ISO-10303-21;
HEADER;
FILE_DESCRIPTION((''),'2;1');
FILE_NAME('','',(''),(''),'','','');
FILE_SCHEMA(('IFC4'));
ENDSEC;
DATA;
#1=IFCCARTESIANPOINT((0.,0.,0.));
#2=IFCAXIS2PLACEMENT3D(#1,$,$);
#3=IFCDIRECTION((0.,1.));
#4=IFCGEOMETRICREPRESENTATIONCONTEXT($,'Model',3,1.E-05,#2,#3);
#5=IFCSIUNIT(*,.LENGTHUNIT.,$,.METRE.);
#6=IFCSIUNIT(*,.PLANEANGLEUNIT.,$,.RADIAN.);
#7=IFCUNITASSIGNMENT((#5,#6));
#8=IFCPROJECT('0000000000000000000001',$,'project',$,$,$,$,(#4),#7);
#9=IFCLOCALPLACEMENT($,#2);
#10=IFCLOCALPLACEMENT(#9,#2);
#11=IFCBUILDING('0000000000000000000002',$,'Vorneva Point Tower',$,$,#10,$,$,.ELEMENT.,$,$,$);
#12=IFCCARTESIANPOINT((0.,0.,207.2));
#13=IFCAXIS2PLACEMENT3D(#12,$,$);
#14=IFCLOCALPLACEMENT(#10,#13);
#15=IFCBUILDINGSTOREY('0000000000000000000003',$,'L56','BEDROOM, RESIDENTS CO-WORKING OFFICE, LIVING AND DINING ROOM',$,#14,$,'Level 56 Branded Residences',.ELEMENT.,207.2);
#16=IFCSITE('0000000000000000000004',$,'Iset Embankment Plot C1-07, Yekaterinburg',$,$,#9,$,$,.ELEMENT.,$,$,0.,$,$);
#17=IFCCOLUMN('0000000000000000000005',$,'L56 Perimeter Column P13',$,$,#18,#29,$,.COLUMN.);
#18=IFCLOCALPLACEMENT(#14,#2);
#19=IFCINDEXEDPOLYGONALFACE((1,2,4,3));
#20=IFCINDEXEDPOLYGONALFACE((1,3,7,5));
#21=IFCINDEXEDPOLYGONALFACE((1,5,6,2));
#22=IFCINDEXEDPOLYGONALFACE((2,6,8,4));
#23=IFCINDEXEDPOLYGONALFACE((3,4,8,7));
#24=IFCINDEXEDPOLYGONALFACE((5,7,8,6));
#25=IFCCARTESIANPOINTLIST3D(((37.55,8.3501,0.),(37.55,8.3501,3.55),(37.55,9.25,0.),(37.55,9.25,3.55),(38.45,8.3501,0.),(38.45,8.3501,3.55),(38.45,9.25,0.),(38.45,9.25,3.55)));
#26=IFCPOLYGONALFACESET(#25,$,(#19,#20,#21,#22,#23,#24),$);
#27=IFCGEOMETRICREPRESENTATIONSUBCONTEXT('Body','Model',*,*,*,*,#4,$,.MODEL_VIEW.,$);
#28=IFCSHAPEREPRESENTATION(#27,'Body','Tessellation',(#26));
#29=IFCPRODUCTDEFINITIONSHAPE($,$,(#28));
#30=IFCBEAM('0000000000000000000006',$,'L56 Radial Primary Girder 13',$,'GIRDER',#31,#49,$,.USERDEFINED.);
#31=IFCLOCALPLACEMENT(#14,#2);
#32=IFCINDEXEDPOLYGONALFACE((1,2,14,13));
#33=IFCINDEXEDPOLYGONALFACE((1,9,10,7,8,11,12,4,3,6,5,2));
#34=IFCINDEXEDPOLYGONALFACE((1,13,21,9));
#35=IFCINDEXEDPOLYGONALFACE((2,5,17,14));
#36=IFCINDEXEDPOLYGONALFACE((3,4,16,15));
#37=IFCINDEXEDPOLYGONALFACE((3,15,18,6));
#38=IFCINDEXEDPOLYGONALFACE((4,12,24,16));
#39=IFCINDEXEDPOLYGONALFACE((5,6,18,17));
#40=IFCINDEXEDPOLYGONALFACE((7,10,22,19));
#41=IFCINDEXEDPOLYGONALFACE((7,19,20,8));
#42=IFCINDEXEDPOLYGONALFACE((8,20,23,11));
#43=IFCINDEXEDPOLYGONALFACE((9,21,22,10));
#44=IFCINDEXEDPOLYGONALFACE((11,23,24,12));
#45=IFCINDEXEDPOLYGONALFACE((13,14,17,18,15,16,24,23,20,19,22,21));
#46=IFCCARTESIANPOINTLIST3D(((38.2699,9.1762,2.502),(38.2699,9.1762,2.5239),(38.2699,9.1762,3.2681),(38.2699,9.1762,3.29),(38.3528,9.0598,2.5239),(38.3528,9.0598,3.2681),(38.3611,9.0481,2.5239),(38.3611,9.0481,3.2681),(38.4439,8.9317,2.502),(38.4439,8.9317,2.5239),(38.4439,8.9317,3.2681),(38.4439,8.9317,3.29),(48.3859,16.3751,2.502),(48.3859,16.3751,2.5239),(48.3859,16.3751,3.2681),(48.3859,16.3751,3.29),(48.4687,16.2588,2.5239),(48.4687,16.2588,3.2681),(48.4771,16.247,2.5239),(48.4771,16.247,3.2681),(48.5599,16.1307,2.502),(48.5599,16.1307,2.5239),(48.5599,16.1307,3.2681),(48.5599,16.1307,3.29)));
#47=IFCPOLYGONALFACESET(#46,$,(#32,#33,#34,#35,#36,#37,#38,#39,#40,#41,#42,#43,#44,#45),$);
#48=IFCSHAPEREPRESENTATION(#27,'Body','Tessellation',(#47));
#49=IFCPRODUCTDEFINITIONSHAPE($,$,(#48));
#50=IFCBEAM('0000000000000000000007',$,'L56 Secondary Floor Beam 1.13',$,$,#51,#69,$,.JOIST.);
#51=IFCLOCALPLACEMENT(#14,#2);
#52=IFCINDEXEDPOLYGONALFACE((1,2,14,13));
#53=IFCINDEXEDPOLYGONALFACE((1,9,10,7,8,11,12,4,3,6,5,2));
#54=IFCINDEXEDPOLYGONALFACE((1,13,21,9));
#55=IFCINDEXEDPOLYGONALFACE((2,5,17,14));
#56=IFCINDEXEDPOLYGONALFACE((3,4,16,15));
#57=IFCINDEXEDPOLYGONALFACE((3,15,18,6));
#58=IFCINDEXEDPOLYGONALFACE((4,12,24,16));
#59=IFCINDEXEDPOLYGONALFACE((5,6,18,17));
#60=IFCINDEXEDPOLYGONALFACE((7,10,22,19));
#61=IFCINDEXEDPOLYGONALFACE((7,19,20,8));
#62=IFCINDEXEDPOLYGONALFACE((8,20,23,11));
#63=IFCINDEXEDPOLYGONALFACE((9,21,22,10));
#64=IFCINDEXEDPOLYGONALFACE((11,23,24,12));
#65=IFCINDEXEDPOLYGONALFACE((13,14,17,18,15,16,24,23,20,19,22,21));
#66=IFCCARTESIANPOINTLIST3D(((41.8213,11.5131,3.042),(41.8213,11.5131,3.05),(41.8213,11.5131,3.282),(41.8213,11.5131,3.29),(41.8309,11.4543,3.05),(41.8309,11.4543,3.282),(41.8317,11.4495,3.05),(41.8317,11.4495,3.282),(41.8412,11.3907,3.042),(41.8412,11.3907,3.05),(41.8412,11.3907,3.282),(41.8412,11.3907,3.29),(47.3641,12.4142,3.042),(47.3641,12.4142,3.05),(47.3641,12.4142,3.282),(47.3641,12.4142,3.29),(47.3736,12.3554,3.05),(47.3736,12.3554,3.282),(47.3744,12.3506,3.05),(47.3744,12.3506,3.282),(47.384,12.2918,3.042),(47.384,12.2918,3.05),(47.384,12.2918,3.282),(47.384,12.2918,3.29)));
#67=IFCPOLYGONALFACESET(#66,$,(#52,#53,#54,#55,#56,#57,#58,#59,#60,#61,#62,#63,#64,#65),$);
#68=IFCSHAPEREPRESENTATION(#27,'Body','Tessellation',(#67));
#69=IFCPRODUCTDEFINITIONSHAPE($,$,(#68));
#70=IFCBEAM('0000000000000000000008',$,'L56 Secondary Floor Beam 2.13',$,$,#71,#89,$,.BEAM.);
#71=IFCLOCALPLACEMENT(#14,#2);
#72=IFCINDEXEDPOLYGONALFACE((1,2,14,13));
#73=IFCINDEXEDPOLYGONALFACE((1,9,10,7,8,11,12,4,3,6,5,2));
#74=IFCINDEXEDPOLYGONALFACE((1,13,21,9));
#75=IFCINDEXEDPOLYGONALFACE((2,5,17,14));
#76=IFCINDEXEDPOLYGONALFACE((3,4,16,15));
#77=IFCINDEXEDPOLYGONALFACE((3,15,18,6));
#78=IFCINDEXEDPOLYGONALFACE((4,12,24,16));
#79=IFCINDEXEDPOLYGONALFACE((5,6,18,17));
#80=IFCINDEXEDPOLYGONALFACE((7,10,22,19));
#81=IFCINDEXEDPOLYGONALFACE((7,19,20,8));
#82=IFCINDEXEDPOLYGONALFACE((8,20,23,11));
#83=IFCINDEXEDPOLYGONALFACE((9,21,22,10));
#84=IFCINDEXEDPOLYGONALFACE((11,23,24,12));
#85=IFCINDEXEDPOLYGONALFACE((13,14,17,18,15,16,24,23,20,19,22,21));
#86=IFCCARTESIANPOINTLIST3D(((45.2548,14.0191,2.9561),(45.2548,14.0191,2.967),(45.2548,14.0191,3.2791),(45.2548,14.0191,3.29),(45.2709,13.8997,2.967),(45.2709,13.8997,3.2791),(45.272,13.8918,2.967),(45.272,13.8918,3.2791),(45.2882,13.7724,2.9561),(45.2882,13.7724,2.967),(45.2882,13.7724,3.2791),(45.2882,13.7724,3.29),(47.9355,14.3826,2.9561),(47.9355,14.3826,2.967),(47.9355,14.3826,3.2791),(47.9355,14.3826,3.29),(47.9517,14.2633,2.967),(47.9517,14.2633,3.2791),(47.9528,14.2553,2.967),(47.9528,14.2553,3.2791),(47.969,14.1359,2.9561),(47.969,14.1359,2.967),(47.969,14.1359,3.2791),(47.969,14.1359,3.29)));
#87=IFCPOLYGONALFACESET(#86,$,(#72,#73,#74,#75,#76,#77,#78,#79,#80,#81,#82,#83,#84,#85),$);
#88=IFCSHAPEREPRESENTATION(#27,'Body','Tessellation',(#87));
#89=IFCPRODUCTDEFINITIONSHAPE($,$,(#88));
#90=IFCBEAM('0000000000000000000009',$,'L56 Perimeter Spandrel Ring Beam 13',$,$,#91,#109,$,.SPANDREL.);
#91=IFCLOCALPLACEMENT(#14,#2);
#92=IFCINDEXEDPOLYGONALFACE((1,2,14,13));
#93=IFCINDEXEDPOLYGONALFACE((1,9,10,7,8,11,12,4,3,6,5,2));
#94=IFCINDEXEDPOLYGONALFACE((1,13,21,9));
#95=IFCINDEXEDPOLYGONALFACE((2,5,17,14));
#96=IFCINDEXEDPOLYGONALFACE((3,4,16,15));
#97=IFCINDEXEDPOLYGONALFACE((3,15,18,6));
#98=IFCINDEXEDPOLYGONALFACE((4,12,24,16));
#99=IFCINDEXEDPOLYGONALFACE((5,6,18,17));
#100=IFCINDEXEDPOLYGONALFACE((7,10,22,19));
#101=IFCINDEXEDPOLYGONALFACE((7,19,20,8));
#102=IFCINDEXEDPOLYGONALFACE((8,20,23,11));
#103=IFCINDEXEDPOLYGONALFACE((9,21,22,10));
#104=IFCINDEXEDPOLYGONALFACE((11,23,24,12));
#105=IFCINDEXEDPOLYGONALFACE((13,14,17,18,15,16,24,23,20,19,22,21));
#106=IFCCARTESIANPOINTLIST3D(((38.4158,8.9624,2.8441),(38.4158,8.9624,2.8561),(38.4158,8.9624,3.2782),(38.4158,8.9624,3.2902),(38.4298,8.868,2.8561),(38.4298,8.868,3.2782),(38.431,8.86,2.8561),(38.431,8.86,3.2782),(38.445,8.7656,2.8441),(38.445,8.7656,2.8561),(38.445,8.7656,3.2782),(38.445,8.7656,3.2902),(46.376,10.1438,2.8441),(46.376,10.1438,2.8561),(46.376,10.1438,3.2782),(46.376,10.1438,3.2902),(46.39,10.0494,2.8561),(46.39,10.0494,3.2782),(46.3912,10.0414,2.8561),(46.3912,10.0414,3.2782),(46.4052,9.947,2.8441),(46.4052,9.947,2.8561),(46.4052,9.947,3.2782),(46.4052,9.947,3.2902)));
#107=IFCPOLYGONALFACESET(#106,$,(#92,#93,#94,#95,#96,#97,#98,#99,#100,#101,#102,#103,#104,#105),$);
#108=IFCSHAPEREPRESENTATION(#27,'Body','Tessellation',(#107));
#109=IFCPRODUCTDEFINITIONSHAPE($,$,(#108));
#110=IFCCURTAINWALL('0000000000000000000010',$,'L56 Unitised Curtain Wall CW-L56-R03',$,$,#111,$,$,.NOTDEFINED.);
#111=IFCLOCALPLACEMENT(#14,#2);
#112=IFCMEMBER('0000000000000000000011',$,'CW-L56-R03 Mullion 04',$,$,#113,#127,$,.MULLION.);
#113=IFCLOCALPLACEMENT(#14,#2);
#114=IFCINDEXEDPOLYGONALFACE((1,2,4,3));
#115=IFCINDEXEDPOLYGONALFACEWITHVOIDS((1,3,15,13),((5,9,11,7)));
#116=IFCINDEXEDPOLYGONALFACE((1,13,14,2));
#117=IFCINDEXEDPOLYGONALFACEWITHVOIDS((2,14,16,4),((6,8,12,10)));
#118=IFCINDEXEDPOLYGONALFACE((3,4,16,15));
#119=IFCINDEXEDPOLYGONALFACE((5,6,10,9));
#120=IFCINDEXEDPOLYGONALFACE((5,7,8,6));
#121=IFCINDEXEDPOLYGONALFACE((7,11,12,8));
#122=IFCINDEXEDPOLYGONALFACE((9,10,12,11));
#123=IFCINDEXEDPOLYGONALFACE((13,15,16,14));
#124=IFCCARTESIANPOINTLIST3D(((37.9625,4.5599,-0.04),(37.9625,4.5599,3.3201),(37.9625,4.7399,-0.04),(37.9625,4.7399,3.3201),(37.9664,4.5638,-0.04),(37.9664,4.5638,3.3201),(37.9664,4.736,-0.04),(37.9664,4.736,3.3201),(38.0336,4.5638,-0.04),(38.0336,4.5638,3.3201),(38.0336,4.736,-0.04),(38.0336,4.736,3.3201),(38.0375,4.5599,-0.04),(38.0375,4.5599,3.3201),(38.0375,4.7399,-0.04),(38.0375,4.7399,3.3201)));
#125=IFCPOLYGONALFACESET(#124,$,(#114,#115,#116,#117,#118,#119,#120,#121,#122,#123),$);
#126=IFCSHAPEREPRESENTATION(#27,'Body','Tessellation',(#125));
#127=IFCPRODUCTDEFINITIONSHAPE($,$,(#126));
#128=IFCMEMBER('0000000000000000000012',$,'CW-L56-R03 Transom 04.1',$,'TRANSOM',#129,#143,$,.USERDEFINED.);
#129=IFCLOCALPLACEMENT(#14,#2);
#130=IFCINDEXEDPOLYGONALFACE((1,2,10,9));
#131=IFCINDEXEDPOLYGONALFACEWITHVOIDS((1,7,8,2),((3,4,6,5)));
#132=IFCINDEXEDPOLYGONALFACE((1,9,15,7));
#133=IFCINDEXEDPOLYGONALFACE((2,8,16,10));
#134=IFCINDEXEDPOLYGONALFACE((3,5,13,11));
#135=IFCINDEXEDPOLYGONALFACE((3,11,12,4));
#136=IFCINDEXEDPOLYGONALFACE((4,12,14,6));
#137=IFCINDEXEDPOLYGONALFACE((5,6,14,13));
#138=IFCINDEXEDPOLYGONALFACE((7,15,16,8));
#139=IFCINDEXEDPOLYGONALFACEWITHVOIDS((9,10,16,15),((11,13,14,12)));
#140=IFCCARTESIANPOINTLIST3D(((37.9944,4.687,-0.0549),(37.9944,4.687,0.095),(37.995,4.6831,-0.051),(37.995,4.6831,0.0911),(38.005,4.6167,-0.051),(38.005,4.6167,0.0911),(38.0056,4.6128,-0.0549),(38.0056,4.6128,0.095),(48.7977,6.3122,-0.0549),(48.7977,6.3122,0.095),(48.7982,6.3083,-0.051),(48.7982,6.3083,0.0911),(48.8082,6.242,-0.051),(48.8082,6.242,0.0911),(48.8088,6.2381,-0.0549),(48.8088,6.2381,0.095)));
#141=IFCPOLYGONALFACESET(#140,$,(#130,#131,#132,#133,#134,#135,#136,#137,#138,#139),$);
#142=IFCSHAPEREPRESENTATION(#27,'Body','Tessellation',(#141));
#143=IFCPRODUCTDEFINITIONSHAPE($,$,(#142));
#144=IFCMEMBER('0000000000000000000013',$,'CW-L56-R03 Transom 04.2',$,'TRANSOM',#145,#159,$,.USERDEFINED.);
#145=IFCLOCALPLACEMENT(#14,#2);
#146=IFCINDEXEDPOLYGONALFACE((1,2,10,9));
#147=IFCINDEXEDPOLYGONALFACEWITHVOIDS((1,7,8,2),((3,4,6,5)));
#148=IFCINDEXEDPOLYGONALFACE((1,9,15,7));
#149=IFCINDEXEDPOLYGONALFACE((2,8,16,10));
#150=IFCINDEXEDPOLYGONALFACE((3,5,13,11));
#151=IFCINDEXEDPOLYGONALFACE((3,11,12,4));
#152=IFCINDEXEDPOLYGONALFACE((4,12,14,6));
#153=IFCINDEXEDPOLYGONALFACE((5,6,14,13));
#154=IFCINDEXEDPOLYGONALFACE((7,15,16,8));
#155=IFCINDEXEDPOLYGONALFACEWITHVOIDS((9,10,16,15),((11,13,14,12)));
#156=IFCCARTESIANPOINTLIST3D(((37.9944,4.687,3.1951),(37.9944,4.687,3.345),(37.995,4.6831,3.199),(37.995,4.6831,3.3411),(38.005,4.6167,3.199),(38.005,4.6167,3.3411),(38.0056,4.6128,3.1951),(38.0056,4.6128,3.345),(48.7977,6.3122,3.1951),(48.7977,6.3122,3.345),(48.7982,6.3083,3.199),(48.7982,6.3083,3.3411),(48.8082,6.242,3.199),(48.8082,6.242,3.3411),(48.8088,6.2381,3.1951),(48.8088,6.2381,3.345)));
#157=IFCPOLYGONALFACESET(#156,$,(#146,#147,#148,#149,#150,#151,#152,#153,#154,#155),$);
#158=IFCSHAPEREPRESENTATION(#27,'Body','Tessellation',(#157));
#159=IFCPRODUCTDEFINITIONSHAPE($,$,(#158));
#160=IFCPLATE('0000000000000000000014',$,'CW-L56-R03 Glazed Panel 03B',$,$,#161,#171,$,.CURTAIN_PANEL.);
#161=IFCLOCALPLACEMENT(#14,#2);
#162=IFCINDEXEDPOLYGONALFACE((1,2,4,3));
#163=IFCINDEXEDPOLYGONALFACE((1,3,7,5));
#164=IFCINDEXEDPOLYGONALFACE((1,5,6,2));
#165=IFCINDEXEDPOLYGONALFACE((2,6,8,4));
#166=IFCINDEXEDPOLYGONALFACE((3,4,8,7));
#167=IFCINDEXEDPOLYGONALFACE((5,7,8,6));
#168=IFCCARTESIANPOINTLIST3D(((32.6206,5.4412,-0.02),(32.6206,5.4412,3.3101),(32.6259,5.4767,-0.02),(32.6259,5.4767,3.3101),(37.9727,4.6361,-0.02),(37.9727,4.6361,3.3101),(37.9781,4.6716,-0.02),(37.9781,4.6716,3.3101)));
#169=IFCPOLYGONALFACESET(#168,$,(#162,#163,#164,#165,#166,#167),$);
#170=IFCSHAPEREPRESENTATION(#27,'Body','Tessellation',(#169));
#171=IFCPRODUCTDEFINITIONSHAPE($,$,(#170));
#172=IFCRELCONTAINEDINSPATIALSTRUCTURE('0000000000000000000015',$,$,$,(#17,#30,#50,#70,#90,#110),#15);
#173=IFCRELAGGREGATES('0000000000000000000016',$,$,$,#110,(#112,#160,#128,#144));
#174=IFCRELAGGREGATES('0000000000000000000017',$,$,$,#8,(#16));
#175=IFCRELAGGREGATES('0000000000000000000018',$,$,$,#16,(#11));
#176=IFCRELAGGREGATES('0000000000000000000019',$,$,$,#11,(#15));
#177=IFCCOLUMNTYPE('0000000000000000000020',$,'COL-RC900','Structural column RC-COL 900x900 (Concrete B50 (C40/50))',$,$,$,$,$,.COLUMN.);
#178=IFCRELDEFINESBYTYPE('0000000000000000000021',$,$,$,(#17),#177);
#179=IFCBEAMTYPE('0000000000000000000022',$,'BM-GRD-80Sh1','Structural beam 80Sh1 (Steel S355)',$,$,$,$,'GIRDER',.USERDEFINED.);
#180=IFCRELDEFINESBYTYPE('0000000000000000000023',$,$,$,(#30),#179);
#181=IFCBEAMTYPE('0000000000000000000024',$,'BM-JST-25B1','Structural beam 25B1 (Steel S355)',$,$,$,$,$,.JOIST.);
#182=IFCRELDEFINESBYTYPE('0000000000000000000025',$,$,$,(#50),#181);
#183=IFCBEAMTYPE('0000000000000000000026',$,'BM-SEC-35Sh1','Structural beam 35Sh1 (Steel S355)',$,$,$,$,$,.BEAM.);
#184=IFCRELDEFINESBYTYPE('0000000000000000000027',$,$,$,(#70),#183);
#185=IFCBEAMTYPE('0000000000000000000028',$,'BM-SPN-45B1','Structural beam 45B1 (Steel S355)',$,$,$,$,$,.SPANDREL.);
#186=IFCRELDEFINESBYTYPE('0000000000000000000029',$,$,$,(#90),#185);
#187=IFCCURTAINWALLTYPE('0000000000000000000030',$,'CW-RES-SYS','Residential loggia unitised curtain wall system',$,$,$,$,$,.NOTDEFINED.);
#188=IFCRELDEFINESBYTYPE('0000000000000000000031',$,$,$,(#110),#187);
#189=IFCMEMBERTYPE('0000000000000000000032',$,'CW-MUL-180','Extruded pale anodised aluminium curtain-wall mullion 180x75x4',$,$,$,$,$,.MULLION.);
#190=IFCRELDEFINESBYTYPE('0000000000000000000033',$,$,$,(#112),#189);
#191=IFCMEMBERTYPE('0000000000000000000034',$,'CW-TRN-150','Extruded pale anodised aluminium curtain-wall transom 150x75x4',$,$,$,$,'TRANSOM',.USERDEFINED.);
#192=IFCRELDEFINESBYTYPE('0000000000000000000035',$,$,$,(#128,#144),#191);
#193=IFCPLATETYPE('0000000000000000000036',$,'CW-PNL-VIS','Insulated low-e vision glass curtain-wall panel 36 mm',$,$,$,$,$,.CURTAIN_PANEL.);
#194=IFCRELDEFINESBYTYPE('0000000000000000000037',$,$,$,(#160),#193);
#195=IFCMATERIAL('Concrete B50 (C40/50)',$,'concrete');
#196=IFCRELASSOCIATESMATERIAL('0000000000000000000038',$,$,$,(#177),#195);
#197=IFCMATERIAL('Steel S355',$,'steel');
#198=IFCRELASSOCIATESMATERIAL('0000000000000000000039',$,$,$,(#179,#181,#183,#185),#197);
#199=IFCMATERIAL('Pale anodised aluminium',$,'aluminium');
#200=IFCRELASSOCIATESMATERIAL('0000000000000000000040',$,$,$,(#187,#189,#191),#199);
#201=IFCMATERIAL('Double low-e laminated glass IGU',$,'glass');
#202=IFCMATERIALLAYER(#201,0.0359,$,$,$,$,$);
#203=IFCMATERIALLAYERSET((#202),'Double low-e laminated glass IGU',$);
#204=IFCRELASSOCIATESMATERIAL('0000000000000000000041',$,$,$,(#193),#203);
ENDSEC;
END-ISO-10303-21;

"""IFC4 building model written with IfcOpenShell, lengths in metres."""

from ifc_helpers import new_model, si_unit, direction, frame, origin, origin_2d, place, context, subcontext, project, spatial, rectangle, hollow_rectangle, i_section, extrude, material, layer, layer_set, material_profile, profile_set, type_object, element, aggregate, save


model = new_model("IFC4")

# Units and contexts
model_context = context("Model", 3, precision=1e-05, world=origin(), true_north=direction((0.0, 1.0)))
body_context = subcontext(model_context, "Body", "Model", "MODEL_VIEW")
ifc_project = project(units=[si_unit("LENGTHUNIT", "METRE"), si_unit("PLANEANGLEUNIT", "RADIAN")], contexts=[model_context])

# Site, building, storey
site_placement = place(None, origin())
site = spatial("IfcSite", under=ifc_project, at=site_placement, Name="Iset Embankment Plot C1-07, Yekaterinburg", CompositionType="ELEMENT", RefElevation=0.0)
building_placement = place(site_placement, origin())
building = spatial("IfcBuilding", under=site, at=building_placement, Name="Vorneva Point Tower", CompositionType="ELEMENT")
storey_placement = place(building_placement, frame((0.0, 0.0, 207.2)))
storey = spatial("IfcBuildingStorey", under=building, at=storey_placement, Name="L56", Description="BEDROOM, RESIDENTS CO-WORKING OFFICE, LIVING AND DINING ROOM", LongName="Level 56 Branded Residences", CompositionType="ELEMENT", Elevation=207.2)

# Column
ifc_material_1 = material(Name="Concrete B50 (C40/50)", Category="concrete")
ifc_material_profile_1 = material_profile(ifc_material_1, rectangle(XDim=0.8999, YDim=0.8999, at=origin_2d()), Name="RC-COL 900x900")
ifc_profile_set_1 = profile_set([ifc_material_profile_1], Name="Concrete B50 (C40/50)")
column_type = type_object("IfcColumnType", Name="COL-RC900", Description="Structural column RC-COL 900x900 (Concrete B50 (C40/50))", PredefinedType="COLUMN", material=ifc_profile_set_1)
column_placement = place(storey_placement, frame((38.0, 8.8, 0.0), z_axis=(0.0, 0.0, 1.0), x_axis=(0.0, -1.0, 0.0)))
element("IfcColumn", 1, at=column_placement, inside=storey, type_object=column_type, Name="L56 Perimeter Column P13", PredefinedType="COLUMN", context=body_context, shape_type="SweptSolid", body=[
    extrude(rectangle(XDim=0.8999, YDim=0.8999, at=origin_2d()), origin(), (0.0, 0.0, 1.0), 3.55),
])

# Beams
ifc_material_2 = material(Name="Steel S355", Category="steel")
ifc_material_profile_2 = material_profile(ifc_material_2, i_section(OverallWidth=0.3, OverallDepth=0.7881, WebThickness=0.0144, FlangeThickness=0.022, at=origin_2d()), Name="80Sh1")
ifc_profile_set_2 = profile_set([ifc_material_profile_2], Name="Steel S355")
beam_type_1 = type_object("IfcBeamType", Name="BM-GRD-80Sh1", Description="Structural beam 80Sh1 (Steel S355)", ElementType="GIRDER", PredefinedType="USERDEFINED", material=ifc_profile_set_2)
beam_1_placement = place(storey_placement, frame((38.3569, 9.054, 2.896), z_axis=(0.81475, 0.579813, 0.0), x_axis=(-0.579813, 0.81475, 0.0)))
element("IfcBeam", 2, at=beam_1_placement, inside=storey, type_object=beam_type_1, Name="L56 Radial Primary Girder 13", ObjectType="GIRDER", PredefinedType="USERDEFINED", context=body_context, shape_type="SweptSolid", body=[
    extrude(i_section(OverallWidth=0.3, OverallDepth=0.7881, WebThickness=0.0144, FlangeThickness=0.022, at=origin_2d()), origin(), (0.0, 0.0, 1.0), 12.416),
])
ifc_material_profile_3 = material_profile(ifc_material_2, i_section(OverallWidth=0.124, OverallDepth=0.248, WebThickness=0.0049, FlangeThickness=0.0081, at=origin_2d()), Name="25B1")
ifc_profile_set_3 = profile_set([ifc_material_profile_3], Name="Steel S355")
beam_type_2 = type_object("IfcBeamType", Name="BM-JST-25B1", Description="Structural beam 25B1 (Steel S355)", PredefinedType="JOIST", material=ifc_profile_set_3)
beam_2_placement = place(storey_placement, frame((41.8313, 11.4519, 3.166), z_axis=(0.987041, 0.160471, 0.0), x_axis=(-0.160471, 0.987041, 0.0)))
element("IfcBeam", 3, at=beam_2_placement, inside=storey, type_object=beam_type_2, Name="L56 Secondary Floor Beam 1.13", PredefinedType="JOIST", context=body_context, shape_type="SweptSolid", body=[
    extrude(i_section(OverallWidth=0.124, OverallDepth=0.248, WebThickness=0.0049, FlangeThickness=0.0081, at=origin_2d()), origin(), (0.0, 0.0, 1.0), 5.6155),
])
ifc_material_profile_4 = material_profile(ifc_material_2, i_section(OverallWidth=0.249, OverallDepth=0.334, WebThickness=0.0081, FlangeThickness=0.011, at=origin_2d()), Name="35Sh1")
ifc_profile_set_4 = profile_set([ifc_material_profile_4], Name="Steel S355")
beam_type_3 = type_object("IfcBeamType", Name="BM-SEC-35Sh1", Description="Structural beam 35Sh1 (Steel S355)", PredefinedType="BEAM", material=ifc_profile_set_4)
beam_3_placement = place(storey_placement, frame((45.2715, 13.8958, 3.123), z_axis=(0.990931, 0.134368, 0.0), x_axis=(-0.134368, 0.990931, 0.0)))
element("IfcBeam", 4, at=beam_3_placement, inside=storey, type_object=beam_type_3, Name="L56 Secondary Floor Beam 2.13", PredefinedType="BEAM", context=body_context, shape_type="SweptSolid", body=[
    extrude(i_section(OverallWidth=0.249, OverallDepth=0.334, WebThickness=0.0081, FlangeThickness=0.011, at=origin_2d()), origin(), (0.0, 0.0, 1.0), 2.7053),
])
ifc_material_profile_5 = material_profile(ifc_material_2, i_section(OverallWidth=0.199, OverallDepth=0.446, WebThickness=0.0081, FlangeThickness=0.012, at=origin_2d()), Name="45B1")
ifc_profile_set_5 = profile_set([ifc_material_profile_5], Name="Steel S355")
beam_type_4 = type_object("IfcBeamType", Name="BM-SPN-45B1", Description="Structural beam 45B1 (Steel S355)", PredefinedType="SPANDREL", material=ifc_profile_set_5)
beam_4_placement = place(storey_placement, frame((38.4304, 8.864, 3.0671), z_axis=(0.989165, 0.146805, 0.0), x_axis=(-0.146805, 0.989165, 0.0)))
element("IfcBeam", 5, at=beam_4_placement, inside=storey, type_object=beam_type_4, Name="L56 Perimeter Spandrel Ring Beam 13", PredefinedType="SPANDREL", context=body_context, shape_type="SweptSolid", body=[
    extrude(i_section(OverallWidth=0.199, OverallDepth=0.446, WebThickness=0.0081, FlangeThickness=0.012, at=origin_2d()), origin(), (0.0, 0.0, 1.0), 8.0474),
])

# Curtain wall, members, plate
ifc_material_3 = material(Name="Pale anodised aluminium", Category="aluminium")
curtain_wall_type = type_object("IfcCurtainWallType", Name="CW-RES-SYS", Description="Residential loggia unitised curtain wall system", PredefinedType="NOTDEFINED", material=ifc_material_3)
curtain_wall_placement = place(storey_placement, origin())
curtain_wall = element("IfcCurtainWall", 6, at=curtain_wall_placement, inside=storey, type_object=curtain_wall_type, Name="L56 Unitised Curtain Wall CW-L56-R03", PredefinedType="NOTDEFINED")
ifc_material_profile_6 = material_profile(ifc_material_3, hollow_rectangle(XDim=0.075, YDim=0.1799, WallThickness=0.0039, at=origin_2d()), Name="AL-MUL 180x75x4")
ifc_profile_set_6 = profile_set([ifc_material_profile_6], Name="Pale anodised aluminium")
member_type_1 = type_object("IfcMemberType", Name="CW-MUL-180", Description="Extruded pale anodised aluminium curtain-wall mullion 180x75x4", PredefinedType="MULLION", material=ifc_profile_set_6)
member_1_placement = place(storey_placement, frame((38.0, 4.6499, -0.04), z_axis=(0.0, 0.0, 1.0), x_axis=(1.0, 0.0, 0.0)))
member_1 = element("IfcMember", 7, at=member_1_placement, type_object=member_type_1, Name="CW-L56-R03 Mullion 04", PredefinedType="MULLION", context=body_context, shape_type="SweptSolid", body=[
    extrude(hollow_rectangle(XDim=0.075, YDim=0.1799, WallThickness=0.0039, at=origin_2d()), origin(), (0.0, 0.0, 1.0), 3.3601),
])
ifc_material_profile_7 = material_profile(ifc_material_3, hollow_rectangle(XDim=0.075, YDim=0.1499, WallThickness=0.0039, at=origin_2d()), Name="AL-TRN 150x75x4")
ifc_profile_set_7 = profile_set([ifc_material_profile_7], Name="Pale anodised aluminium")
member_type_2 = type_object("IfcMemberType", Name="CW-TRN-150", Description="Extruded pale anodised aluminium curtain-wall transom 150x75x4", ElementType="TRANSOM", PredefinedType="USERDEFINED", material=ifc_profile_set_7)
member_2_placement = place(storey_placement, frame((38.0, 4.6499, 0.02), z_axis=(0.988872, 0.148767, 0.0), x_axis=(-0.148767, 0.988872, 0.0)))
member_2 = element("IfcMember", 8, at=member_2_placement, type_object=member_type_2, Name="CW-L56-R03 Transom 04.1", ObjectType="TRANSOM", PredefinedType="USERDEFINED", context=body_context, shape_type="SweptSolid", body=[
    extrude(hollow_rectangle(XDim=0.075, YDim=0.1499, WallThickness=0.0039, at=origin_2d()), origin(), (0.0, 0.0, 1.0), 10.9248),
])
member_3_placement = place(storey_placement, frame((38.0, 4.6499, 3.27), z_axis=(0.988872, 0.148767, 0.0), x_axis=(-0.148767, 0.988872, 0.0)))
member_3 = element("IfcMember", 9, at=member_3_placement, type_object=member_type_2, Name="CW-L56-R03 Transom 04.2", ObjectType="TRANSOM", PredefinedType="USERDEFINED", context=body_context, shape_type="SweptSolid", body=[
    extrude(hollow_rectangle(XDim=0.075, YDim=0.1499, WallThickness=0.0039, at=origin_2d()), origin(), (0.0, 0.0, 1.0), 10.9248),
])
ifc_material_4 = material(Name="Double low-e laminated glass IGU", Category="glass")
ifc_layer_1 = layer(ifc_material_4, 0.0359)
ifc_layer_set_1 = layer_set([ifc_layer_1], Name="Double low-e laminated glass IGU")
plate_type = type_object("IfcPlateType", Name="CW-PNL-VIS", Description="Insulated low-e vision glass curtain-wall panel 36 mm", PredefinedType="CURTAIN_PANEL", material=ifc_layer_set_1)
plate_1_placement = place(storey_placement, frame((35.2993, 5.0564, -0.02), z_axis=(0.0, 0.0, 1.0), x_axis=(0.988874, -0.148759, 0.0)))
plate_1 = element("IfcPlate", 10, at=plate_1_placement, type_object=plate_type, Name="CW-L56-R03 Glazed Panel 03B", PredefinedType="CURTAIN_PANEL", context=body_context, shape_type="SweptSolid", body=[
    extrude(rectangle(XDim=5.4124, YDim=0.0359, at=origin_2d()), origin(), (0.0, 0.0, 1.0), 3.3301),
])
aggregate(curtain_wall, [member_1, plate_1, member_2, member_3])

save(model, "model.ifc")
